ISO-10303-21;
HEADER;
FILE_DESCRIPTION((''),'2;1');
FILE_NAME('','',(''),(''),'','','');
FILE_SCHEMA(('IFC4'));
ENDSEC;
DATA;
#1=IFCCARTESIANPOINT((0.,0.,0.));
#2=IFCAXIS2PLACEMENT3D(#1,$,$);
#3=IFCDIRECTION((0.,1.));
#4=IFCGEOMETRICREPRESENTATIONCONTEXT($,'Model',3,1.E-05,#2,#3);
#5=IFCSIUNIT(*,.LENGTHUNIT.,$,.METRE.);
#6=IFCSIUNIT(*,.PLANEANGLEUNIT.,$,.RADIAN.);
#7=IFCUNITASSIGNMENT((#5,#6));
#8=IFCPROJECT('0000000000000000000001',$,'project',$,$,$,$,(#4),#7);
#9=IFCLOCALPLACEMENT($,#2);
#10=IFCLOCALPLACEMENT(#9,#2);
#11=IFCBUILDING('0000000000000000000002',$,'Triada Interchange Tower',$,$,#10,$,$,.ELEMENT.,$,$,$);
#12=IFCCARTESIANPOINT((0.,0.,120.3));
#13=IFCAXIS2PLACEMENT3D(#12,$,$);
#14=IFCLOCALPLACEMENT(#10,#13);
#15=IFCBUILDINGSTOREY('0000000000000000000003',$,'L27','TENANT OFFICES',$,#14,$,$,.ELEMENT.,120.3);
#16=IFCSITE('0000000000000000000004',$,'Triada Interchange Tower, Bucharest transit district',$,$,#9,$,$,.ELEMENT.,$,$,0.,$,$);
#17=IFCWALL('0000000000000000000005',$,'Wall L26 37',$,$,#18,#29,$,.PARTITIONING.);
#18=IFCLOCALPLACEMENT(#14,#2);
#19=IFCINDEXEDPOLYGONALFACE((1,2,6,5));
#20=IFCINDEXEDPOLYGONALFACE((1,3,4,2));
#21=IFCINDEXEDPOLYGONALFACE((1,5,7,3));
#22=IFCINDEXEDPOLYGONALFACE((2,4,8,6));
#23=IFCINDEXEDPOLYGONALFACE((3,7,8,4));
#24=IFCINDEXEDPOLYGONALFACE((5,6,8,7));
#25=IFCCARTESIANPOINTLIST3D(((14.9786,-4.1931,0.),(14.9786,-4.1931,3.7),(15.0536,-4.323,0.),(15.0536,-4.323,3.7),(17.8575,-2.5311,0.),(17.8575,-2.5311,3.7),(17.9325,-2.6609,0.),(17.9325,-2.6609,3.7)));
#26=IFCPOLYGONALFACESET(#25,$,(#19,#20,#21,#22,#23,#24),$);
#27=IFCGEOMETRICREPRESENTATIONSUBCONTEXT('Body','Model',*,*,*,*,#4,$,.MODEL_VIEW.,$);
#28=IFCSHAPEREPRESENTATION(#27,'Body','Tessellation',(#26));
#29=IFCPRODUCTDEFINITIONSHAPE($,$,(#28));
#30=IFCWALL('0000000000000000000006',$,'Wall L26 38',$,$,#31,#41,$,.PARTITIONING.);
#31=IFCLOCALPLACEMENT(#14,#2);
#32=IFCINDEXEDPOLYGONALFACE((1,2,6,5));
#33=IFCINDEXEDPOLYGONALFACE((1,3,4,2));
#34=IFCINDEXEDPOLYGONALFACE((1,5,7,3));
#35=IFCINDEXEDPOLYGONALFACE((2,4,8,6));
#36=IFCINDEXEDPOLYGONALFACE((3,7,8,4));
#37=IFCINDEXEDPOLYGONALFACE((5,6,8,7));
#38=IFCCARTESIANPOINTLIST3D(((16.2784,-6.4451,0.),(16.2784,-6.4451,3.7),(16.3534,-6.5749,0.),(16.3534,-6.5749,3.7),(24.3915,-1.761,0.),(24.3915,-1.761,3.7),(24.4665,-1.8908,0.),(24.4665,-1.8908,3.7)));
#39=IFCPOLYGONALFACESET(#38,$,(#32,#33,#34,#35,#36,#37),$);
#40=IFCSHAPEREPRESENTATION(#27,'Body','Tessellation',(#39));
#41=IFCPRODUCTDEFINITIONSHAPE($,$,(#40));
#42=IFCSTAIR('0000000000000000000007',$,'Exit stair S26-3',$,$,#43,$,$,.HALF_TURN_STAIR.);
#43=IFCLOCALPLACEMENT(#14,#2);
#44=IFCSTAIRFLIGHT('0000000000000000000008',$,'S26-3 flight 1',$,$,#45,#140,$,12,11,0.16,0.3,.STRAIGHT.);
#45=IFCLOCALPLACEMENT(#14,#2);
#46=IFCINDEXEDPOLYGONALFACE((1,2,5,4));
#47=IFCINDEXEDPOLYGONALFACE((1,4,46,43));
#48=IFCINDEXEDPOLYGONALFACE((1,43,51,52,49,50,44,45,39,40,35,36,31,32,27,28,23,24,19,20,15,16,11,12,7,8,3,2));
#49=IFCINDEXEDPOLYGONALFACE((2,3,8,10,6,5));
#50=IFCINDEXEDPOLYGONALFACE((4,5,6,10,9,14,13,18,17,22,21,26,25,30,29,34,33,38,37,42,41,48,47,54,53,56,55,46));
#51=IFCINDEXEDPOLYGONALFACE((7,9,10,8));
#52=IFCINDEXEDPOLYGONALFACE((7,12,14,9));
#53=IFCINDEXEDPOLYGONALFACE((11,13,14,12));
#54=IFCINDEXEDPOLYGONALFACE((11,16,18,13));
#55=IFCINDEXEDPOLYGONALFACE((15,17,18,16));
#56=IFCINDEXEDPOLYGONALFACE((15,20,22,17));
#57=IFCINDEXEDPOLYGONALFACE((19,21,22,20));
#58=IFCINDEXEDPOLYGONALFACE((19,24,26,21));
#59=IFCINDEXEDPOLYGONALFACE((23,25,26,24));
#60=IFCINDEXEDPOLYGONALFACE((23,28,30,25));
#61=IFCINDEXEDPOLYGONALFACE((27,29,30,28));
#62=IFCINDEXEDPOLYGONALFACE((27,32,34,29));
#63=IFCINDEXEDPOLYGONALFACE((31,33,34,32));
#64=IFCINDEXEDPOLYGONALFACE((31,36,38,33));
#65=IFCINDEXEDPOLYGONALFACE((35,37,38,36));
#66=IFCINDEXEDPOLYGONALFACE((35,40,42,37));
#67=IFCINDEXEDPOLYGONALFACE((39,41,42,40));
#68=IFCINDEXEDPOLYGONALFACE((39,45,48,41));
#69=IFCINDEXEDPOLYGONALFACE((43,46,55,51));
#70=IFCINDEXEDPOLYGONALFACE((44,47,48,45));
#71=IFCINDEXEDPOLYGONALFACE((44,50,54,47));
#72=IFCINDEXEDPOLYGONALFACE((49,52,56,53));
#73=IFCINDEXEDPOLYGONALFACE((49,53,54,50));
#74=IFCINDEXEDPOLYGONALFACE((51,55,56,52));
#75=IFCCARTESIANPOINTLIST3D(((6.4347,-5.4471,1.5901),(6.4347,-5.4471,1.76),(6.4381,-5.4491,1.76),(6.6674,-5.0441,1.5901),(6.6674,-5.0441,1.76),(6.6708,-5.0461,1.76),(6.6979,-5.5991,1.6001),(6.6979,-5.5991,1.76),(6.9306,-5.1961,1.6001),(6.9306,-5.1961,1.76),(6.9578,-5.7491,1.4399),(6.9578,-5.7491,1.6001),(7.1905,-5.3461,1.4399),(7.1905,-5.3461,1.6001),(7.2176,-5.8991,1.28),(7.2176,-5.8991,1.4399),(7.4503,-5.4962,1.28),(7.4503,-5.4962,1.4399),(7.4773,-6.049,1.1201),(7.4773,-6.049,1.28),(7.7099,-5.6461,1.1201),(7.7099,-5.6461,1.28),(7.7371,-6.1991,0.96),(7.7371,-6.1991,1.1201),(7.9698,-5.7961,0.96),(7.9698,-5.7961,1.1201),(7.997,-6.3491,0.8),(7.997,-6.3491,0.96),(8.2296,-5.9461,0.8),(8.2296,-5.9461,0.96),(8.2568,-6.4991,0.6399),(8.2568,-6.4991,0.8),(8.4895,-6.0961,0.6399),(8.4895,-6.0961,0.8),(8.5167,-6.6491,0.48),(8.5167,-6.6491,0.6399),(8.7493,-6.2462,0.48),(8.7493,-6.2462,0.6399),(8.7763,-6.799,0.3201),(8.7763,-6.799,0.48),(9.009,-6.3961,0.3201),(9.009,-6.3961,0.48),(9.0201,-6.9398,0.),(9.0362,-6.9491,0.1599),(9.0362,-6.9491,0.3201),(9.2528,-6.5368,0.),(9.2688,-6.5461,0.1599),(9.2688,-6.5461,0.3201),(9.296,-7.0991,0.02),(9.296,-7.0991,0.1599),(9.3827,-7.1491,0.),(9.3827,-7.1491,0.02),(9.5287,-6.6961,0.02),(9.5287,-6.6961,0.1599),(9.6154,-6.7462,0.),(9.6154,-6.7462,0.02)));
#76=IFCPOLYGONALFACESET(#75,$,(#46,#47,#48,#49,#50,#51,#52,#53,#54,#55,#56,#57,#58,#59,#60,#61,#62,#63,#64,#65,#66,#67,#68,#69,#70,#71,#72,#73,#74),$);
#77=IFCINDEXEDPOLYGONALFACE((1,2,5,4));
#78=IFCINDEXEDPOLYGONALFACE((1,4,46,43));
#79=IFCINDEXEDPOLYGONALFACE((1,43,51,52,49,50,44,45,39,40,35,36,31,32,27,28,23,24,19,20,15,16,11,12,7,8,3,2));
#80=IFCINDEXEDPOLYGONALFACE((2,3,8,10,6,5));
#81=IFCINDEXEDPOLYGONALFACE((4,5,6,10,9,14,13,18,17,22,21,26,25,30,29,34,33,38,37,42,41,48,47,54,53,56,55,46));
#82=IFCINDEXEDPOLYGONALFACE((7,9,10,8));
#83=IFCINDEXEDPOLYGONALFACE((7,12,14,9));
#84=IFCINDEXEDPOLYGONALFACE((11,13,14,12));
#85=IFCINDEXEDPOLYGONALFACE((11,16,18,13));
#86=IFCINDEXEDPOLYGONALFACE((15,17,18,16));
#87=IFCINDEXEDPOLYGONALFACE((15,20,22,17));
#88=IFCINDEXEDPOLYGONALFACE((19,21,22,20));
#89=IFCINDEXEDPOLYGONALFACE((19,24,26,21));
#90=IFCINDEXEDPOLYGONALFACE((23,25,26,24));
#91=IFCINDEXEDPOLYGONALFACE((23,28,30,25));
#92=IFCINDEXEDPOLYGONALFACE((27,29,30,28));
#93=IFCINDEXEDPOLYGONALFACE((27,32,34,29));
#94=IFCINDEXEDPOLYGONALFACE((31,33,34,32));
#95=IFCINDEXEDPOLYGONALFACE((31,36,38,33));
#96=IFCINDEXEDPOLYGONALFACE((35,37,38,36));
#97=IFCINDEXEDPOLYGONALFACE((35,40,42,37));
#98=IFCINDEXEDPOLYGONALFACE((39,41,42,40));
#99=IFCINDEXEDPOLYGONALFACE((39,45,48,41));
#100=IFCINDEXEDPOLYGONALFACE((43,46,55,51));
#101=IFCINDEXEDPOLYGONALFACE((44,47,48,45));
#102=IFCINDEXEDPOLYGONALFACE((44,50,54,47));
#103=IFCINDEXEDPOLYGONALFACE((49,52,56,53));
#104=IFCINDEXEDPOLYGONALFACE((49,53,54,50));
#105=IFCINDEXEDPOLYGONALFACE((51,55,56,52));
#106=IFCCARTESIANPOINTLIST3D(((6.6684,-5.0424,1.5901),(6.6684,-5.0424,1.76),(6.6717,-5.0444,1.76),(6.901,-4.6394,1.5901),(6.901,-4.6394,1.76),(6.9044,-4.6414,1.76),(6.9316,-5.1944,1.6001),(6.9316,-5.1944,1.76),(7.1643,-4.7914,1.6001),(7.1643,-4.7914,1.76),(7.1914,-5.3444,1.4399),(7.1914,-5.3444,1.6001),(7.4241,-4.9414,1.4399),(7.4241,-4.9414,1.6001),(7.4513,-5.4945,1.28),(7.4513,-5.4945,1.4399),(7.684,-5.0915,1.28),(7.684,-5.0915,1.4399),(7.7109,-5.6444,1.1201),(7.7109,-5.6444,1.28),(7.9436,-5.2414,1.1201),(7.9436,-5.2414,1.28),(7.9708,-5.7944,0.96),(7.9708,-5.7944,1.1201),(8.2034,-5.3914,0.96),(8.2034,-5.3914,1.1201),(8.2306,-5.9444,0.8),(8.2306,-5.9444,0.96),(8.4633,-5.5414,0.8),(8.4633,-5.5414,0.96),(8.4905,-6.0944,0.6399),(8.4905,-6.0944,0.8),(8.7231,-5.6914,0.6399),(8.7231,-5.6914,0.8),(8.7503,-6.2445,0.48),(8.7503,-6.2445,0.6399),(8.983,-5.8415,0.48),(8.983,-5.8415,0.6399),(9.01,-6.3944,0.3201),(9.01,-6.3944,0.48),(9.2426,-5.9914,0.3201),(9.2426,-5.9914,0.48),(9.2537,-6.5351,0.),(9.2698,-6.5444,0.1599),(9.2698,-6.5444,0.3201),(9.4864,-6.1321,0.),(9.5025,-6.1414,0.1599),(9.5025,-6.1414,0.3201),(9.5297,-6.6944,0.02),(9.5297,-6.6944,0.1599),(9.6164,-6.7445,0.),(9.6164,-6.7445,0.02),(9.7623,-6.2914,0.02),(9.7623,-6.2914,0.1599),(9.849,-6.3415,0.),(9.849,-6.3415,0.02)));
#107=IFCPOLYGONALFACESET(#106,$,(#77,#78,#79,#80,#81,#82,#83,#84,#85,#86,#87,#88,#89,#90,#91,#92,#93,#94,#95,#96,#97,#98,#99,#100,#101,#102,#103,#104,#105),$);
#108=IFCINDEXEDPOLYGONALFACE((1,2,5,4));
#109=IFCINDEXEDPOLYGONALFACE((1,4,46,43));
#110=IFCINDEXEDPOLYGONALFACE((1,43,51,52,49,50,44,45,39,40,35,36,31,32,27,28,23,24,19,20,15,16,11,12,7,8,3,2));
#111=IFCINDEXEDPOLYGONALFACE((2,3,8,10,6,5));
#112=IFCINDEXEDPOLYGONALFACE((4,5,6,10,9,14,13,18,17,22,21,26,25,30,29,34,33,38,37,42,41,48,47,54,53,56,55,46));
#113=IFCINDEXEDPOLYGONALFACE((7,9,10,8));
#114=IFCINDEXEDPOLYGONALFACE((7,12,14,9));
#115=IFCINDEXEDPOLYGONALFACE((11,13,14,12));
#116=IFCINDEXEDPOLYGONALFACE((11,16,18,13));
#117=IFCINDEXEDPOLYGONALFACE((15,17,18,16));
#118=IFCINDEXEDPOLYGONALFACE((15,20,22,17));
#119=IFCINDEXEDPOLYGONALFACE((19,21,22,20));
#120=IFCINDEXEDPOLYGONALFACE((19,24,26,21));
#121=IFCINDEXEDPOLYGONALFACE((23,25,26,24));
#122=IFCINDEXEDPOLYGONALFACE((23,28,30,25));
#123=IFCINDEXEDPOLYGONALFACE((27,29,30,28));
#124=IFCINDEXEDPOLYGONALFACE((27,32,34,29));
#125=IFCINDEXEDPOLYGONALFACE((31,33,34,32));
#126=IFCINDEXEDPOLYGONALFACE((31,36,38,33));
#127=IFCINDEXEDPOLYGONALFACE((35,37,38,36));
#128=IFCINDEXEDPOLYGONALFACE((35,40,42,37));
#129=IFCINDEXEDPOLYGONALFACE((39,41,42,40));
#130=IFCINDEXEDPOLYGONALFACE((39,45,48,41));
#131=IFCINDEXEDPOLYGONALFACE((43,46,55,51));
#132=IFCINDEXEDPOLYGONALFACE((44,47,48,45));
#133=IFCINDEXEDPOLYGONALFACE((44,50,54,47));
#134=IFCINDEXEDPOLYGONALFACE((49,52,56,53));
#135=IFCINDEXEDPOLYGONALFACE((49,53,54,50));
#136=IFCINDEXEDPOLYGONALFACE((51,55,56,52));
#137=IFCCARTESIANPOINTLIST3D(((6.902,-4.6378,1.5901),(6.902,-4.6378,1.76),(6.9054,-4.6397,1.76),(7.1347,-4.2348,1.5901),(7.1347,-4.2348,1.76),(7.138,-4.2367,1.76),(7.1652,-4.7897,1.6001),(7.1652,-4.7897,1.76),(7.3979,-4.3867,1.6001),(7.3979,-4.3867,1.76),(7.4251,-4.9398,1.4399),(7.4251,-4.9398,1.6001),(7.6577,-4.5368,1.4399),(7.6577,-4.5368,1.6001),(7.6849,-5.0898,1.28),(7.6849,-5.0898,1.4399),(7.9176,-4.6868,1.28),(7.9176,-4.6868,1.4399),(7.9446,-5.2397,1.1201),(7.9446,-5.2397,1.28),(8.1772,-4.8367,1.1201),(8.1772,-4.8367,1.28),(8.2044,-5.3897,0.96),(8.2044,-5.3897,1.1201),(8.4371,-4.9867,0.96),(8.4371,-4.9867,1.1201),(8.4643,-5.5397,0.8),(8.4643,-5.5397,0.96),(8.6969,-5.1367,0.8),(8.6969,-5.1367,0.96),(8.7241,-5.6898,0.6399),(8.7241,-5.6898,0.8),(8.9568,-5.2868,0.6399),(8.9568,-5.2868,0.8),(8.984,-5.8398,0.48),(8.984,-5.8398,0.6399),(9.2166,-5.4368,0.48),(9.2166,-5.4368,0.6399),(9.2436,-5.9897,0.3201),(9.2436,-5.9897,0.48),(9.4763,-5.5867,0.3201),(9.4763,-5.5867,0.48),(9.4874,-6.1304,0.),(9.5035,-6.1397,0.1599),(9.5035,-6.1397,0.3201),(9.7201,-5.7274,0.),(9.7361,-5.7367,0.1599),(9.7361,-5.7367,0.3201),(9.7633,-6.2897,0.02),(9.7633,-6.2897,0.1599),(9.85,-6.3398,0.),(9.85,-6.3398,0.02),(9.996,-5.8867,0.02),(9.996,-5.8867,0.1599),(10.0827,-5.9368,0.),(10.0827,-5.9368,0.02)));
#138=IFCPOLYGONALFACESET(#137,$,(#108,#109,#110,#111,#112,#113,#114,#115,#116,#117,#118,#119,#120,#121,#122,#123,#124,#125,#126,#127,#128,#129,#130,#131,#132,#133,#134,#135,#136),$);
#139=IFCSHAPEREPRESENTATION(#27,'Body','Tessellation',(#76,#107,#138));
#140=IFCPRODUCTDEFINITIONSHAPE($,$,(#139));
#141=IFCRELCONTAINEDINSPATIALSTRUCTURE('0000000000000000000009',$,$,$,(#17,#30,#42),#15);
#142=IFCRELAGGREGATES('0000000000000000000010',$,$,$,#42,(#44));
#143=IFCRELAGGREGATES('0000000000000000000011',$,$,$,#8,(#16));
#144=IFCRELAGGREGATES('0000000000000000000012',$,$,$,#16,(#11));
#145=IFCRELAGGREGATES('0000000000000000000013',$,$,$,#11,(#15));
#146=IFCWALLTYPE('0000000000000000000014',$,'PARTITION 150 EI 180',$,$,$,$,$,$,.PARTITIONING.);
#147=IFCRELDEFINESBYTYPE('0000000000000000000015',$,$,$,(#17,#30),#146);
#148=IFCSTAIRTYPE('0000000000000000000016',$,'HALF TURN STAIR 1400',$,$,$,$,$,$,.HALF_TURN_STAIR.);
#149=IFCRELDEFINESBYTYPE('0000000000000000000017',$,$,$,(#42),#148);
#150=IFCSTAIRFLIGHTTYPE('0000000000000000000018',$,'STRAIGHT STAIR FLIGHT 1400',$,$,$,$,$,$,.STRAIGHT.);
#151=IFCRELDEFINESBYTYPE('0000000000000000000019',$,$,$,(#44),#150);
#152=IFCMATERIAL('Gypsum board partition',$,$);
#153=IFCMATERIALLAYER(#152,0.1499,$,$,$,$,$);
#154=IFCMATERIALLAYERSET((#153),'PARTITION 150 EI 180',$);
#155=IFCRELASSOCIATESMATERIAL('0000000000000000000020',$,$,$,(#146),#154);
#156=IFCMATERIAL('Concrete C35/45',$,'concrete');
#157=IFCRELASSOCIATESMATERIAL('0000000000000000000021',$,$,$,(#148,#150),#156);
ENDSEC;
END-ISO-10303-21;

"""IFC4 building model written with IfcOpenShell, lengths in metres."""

from ifc_helpers import new_model, si_unit, direction, frame, frame_2d, origin, place, context, subcontext, project, spatial, polyline, rectangle, outline, extrude, material, layer, layer_set, type_object, element, aggregate, save


model = new_model("IFC4")

# Units and contexts
model_context = context("Model", 3, precision=1e-05, world=origin(), true_north=direction((0.0, 1.0)))
body_context = subcontext(model_context, "Body", "Model", "MODEL_VIEW")
ifc_project = project(units=[si_unit("LENGTHUNIT", "METRE"), si_unit("PLANEANGLEUNIT", "RADIAN")], contexts=[model_context])

# Site, building, storey
site_placement = place(None, origin())
site = spatial("IfcSite", under=ifc_project, at=site_placement, Name="Triada Interchange Tower, Bucharest transit district", CompositionType="ELEMENT", RefElevation=0.0)
building_placement = place(site_placement, origin())
building = spatial("IfcBuilding", under=site, at=building_placement, Name="Triada Interchange Tower", CompositionType="ELEMENT")
storey_placement = place(building_placement, frame((0.0, 0.0, 120.3)))
storey = spatial("IfcBuildingStorey", under=building, at=storey_placement, Name="L27", Description="TENANT OFFICES", CompositionType="ELEMENT", Elevation=120.3)

# Walls
ifc_material_1 = material(Name="Gypsum board partition")
ifc_layer_1 = layer(ifc_material_1, 0.1499)
ifc_layer_set_1 = layer_set([ifc_layer_1], Name="PARTITION 150 EI 180")
wall_type_1 = type_object("IfcWallType", Name="PARTITION 150 EI 180", PredefinedType="PARTITIONING", material=ifc_layer_set_1)
wall_1_placement = place(storey_placement, frame((15.0161, -4.2581, 0.0), z_axis=(0.0, 0.0, 1.0), x_axis=(0.866029, 0.499994, 0.0)))
element("IfcWall", 1, at=wall_1_placement, inside=storey, type_object=wall_type_1, Name="Wall L26 37", PredefinedType="PARTITIONING", context=body_context, shape_type="SweptSolid", body=[
    extrude(rectangle(XDim=3.3242, YDim=0.1499, at=frame_2d((1.6621, 0.0))), origin(), (0.0, 0.0, 1.0), 3.7),
])
wall_2_placement = place(storey_placement, frame((16.3159, -6.51, 0.0), z_axis=(0.0, 0.0, 1.0), x_axis=(0.866025, 0.500001, 0.0)))
element("IfcWall", 2, at=wall_2_placement, inside=storey, type_object=wall_type_1, Name="Wall L26 38", PredefinedType="PARTITIONING", context=body_context, shape_type="SweptSolid", body=[
    extrude(rectangle(XDim=9.3682, YDim=0.1499, at=frame_2d((4.6841, 0.0))), origin(), (0.0, 0.0, 1.0), 3.7),
])

# Stair, stair flight
ifc_material_2 = material(Name="Concrete C35/45", Category="concrete")
stair_type = type_object("IfcStairType", Name="HALF TURN STAIR 1400", PredefinedType="HALF_TURN_STAIR", material=ifc_material_2)
stair_placement = place(storey_placement, origin())
stair = element("IfcStair", 3, at=stair_placement, inside=storey, type_object=stair_type, Name="Exit stair S26-3", PredefinedType="HALF_TURN_STAIR")
stair_flight_type = type_object("IfcStairFlightType", Name="STRAIGHT STAIR FLIGHT 1400", PredefinedType="STRAIGHT", material=ifc_material_2)
stair_flight_1_placement = place(storey_placement, frame((9.646, -6.4929, 0.0), z_axis=(0.0, 0.0, 1.0), x_axis=(-0.866025, 0.5, 0.0)))
stair_flight_1 = element("IfcStairFlight", 4, at=stair_flight_1_placement, type_object=stair_flight_type, Name="S26-3 flight 1", NumberOfRisers=12, NumberOfTreads=11, PredefinedType="STRAIGHT", RiserHeight=0.16, TreadLength=0.3, context=body_context, shape_type="SweptSolid", body=[
    extrude(outline(polyline([(-0.1001, 0.0), (-0.1001, 0.02), (0.0, 0.02), (0.0, 0.1599), (0.3, 0.1599), (0.3, 0.3201), (0.6001, 0.3201), (0.6001, 0.48), (0.8999, 0.48), (0.8999, 0.6399), (1.2, 0.6399), (1.2, 0.8), (1.5, 0.8), (1.5, 0.96), (1.8, 0.96), (1.8, 1.1201), (2.1001, 1.1201), (2.1001, 1.28), (2.3999, 1.28), (2.3999, 1.4399), (2.7, 1.4399), (2.7, 1.6001), (3.0, 1.6001), (3.0, 1.76), (3.3, 1.76), (3.304, 1.76), (3.304, 1.9199), (3.304, 1.5901), (0.3186, 0.0), (-0.1001, 0.0)])), frame((0.0, 0.7, 0.0), z_axis=(0.0, -1.0, 0.0), x_axis=(1.0, 0.0, 0.0)), (0.0, 0.0, 1.0), 0.4653),
    extrude(outline(polyline([(-0.1001, 0.0), (-0.1001, 0.02), (0.0, 0.02), (0.0, 0.1599), (0.3, 0.1599), (0.3, 0.3201), (0.6001, 0.3201), (0.6001, 0.48), (0.8999, 0.48), (0.8999, 0.6399), (1.2, 0.6399), (1.2, 0.8), (1.5, 0.8), (1.5, 0.96), (1.8, 0.96), (1.8, 1.1201), (2.1001, 1.1201), (2.1001, 1.28), (2.3999, 1.28), (2.3999, 1.4399), (2.7, 1.4399), (2.7, 1.6001), (3.0, 1.6001), (3.0, 1.76), (3.3, 1.76), (3.304, 1.76), (3.304, 1.9199), (3.304, 1.5901), (0.3186, 0.0), (-0.1001, 0.0)])), frame((0.0, 0.2327, 0.0), z_axis=(0.0, -1.0, 0.0), x_axis=(1.0, 0.0, 0.0)), (0.0, 0.0, 1.0), 0.4653),
    extrude(outline(polyline([(-0.1001, 0.0), (-0.1001, 0.02), (0.0, 0.02), (0.0, 0.1599), (0.3, 0.1599), (0.3, 0.3201), (0.6001, 0.3201), (0.6001, 0.48), (0.8999, 0.48), (0.8999, 0.6399), (1.2, 0.6399), (1.2, 0.8), (1.5, 0.8), (1.5, 0.96), (1.8, 0.96), (1.8, 1.1201), (2.1001, 1.1201), (2.1001, 1.28), (2.3999, 1.28), (2.3999, 1.4399), (2.7, 1.4399), (2.7, 1.6001), (3.0, 1.6001), (3.0, 1.76), (3.3, 1.76), (3.304, 1.76), (3.304, 1.9199), (3.304, 1.5901), (0.3186, 0.0), (-0.1001, 0.0)])), frame((0.0, -0.2346, 0.0), z_axis=(0.0, -1.0, 0.0), x_axis=(1.0, 0.0, 0.0)), (0.0, 0.0, 1.0), 0.4653),
])
aggregate(stair, [stair_flight_1])

save(model, "model.ifc")
